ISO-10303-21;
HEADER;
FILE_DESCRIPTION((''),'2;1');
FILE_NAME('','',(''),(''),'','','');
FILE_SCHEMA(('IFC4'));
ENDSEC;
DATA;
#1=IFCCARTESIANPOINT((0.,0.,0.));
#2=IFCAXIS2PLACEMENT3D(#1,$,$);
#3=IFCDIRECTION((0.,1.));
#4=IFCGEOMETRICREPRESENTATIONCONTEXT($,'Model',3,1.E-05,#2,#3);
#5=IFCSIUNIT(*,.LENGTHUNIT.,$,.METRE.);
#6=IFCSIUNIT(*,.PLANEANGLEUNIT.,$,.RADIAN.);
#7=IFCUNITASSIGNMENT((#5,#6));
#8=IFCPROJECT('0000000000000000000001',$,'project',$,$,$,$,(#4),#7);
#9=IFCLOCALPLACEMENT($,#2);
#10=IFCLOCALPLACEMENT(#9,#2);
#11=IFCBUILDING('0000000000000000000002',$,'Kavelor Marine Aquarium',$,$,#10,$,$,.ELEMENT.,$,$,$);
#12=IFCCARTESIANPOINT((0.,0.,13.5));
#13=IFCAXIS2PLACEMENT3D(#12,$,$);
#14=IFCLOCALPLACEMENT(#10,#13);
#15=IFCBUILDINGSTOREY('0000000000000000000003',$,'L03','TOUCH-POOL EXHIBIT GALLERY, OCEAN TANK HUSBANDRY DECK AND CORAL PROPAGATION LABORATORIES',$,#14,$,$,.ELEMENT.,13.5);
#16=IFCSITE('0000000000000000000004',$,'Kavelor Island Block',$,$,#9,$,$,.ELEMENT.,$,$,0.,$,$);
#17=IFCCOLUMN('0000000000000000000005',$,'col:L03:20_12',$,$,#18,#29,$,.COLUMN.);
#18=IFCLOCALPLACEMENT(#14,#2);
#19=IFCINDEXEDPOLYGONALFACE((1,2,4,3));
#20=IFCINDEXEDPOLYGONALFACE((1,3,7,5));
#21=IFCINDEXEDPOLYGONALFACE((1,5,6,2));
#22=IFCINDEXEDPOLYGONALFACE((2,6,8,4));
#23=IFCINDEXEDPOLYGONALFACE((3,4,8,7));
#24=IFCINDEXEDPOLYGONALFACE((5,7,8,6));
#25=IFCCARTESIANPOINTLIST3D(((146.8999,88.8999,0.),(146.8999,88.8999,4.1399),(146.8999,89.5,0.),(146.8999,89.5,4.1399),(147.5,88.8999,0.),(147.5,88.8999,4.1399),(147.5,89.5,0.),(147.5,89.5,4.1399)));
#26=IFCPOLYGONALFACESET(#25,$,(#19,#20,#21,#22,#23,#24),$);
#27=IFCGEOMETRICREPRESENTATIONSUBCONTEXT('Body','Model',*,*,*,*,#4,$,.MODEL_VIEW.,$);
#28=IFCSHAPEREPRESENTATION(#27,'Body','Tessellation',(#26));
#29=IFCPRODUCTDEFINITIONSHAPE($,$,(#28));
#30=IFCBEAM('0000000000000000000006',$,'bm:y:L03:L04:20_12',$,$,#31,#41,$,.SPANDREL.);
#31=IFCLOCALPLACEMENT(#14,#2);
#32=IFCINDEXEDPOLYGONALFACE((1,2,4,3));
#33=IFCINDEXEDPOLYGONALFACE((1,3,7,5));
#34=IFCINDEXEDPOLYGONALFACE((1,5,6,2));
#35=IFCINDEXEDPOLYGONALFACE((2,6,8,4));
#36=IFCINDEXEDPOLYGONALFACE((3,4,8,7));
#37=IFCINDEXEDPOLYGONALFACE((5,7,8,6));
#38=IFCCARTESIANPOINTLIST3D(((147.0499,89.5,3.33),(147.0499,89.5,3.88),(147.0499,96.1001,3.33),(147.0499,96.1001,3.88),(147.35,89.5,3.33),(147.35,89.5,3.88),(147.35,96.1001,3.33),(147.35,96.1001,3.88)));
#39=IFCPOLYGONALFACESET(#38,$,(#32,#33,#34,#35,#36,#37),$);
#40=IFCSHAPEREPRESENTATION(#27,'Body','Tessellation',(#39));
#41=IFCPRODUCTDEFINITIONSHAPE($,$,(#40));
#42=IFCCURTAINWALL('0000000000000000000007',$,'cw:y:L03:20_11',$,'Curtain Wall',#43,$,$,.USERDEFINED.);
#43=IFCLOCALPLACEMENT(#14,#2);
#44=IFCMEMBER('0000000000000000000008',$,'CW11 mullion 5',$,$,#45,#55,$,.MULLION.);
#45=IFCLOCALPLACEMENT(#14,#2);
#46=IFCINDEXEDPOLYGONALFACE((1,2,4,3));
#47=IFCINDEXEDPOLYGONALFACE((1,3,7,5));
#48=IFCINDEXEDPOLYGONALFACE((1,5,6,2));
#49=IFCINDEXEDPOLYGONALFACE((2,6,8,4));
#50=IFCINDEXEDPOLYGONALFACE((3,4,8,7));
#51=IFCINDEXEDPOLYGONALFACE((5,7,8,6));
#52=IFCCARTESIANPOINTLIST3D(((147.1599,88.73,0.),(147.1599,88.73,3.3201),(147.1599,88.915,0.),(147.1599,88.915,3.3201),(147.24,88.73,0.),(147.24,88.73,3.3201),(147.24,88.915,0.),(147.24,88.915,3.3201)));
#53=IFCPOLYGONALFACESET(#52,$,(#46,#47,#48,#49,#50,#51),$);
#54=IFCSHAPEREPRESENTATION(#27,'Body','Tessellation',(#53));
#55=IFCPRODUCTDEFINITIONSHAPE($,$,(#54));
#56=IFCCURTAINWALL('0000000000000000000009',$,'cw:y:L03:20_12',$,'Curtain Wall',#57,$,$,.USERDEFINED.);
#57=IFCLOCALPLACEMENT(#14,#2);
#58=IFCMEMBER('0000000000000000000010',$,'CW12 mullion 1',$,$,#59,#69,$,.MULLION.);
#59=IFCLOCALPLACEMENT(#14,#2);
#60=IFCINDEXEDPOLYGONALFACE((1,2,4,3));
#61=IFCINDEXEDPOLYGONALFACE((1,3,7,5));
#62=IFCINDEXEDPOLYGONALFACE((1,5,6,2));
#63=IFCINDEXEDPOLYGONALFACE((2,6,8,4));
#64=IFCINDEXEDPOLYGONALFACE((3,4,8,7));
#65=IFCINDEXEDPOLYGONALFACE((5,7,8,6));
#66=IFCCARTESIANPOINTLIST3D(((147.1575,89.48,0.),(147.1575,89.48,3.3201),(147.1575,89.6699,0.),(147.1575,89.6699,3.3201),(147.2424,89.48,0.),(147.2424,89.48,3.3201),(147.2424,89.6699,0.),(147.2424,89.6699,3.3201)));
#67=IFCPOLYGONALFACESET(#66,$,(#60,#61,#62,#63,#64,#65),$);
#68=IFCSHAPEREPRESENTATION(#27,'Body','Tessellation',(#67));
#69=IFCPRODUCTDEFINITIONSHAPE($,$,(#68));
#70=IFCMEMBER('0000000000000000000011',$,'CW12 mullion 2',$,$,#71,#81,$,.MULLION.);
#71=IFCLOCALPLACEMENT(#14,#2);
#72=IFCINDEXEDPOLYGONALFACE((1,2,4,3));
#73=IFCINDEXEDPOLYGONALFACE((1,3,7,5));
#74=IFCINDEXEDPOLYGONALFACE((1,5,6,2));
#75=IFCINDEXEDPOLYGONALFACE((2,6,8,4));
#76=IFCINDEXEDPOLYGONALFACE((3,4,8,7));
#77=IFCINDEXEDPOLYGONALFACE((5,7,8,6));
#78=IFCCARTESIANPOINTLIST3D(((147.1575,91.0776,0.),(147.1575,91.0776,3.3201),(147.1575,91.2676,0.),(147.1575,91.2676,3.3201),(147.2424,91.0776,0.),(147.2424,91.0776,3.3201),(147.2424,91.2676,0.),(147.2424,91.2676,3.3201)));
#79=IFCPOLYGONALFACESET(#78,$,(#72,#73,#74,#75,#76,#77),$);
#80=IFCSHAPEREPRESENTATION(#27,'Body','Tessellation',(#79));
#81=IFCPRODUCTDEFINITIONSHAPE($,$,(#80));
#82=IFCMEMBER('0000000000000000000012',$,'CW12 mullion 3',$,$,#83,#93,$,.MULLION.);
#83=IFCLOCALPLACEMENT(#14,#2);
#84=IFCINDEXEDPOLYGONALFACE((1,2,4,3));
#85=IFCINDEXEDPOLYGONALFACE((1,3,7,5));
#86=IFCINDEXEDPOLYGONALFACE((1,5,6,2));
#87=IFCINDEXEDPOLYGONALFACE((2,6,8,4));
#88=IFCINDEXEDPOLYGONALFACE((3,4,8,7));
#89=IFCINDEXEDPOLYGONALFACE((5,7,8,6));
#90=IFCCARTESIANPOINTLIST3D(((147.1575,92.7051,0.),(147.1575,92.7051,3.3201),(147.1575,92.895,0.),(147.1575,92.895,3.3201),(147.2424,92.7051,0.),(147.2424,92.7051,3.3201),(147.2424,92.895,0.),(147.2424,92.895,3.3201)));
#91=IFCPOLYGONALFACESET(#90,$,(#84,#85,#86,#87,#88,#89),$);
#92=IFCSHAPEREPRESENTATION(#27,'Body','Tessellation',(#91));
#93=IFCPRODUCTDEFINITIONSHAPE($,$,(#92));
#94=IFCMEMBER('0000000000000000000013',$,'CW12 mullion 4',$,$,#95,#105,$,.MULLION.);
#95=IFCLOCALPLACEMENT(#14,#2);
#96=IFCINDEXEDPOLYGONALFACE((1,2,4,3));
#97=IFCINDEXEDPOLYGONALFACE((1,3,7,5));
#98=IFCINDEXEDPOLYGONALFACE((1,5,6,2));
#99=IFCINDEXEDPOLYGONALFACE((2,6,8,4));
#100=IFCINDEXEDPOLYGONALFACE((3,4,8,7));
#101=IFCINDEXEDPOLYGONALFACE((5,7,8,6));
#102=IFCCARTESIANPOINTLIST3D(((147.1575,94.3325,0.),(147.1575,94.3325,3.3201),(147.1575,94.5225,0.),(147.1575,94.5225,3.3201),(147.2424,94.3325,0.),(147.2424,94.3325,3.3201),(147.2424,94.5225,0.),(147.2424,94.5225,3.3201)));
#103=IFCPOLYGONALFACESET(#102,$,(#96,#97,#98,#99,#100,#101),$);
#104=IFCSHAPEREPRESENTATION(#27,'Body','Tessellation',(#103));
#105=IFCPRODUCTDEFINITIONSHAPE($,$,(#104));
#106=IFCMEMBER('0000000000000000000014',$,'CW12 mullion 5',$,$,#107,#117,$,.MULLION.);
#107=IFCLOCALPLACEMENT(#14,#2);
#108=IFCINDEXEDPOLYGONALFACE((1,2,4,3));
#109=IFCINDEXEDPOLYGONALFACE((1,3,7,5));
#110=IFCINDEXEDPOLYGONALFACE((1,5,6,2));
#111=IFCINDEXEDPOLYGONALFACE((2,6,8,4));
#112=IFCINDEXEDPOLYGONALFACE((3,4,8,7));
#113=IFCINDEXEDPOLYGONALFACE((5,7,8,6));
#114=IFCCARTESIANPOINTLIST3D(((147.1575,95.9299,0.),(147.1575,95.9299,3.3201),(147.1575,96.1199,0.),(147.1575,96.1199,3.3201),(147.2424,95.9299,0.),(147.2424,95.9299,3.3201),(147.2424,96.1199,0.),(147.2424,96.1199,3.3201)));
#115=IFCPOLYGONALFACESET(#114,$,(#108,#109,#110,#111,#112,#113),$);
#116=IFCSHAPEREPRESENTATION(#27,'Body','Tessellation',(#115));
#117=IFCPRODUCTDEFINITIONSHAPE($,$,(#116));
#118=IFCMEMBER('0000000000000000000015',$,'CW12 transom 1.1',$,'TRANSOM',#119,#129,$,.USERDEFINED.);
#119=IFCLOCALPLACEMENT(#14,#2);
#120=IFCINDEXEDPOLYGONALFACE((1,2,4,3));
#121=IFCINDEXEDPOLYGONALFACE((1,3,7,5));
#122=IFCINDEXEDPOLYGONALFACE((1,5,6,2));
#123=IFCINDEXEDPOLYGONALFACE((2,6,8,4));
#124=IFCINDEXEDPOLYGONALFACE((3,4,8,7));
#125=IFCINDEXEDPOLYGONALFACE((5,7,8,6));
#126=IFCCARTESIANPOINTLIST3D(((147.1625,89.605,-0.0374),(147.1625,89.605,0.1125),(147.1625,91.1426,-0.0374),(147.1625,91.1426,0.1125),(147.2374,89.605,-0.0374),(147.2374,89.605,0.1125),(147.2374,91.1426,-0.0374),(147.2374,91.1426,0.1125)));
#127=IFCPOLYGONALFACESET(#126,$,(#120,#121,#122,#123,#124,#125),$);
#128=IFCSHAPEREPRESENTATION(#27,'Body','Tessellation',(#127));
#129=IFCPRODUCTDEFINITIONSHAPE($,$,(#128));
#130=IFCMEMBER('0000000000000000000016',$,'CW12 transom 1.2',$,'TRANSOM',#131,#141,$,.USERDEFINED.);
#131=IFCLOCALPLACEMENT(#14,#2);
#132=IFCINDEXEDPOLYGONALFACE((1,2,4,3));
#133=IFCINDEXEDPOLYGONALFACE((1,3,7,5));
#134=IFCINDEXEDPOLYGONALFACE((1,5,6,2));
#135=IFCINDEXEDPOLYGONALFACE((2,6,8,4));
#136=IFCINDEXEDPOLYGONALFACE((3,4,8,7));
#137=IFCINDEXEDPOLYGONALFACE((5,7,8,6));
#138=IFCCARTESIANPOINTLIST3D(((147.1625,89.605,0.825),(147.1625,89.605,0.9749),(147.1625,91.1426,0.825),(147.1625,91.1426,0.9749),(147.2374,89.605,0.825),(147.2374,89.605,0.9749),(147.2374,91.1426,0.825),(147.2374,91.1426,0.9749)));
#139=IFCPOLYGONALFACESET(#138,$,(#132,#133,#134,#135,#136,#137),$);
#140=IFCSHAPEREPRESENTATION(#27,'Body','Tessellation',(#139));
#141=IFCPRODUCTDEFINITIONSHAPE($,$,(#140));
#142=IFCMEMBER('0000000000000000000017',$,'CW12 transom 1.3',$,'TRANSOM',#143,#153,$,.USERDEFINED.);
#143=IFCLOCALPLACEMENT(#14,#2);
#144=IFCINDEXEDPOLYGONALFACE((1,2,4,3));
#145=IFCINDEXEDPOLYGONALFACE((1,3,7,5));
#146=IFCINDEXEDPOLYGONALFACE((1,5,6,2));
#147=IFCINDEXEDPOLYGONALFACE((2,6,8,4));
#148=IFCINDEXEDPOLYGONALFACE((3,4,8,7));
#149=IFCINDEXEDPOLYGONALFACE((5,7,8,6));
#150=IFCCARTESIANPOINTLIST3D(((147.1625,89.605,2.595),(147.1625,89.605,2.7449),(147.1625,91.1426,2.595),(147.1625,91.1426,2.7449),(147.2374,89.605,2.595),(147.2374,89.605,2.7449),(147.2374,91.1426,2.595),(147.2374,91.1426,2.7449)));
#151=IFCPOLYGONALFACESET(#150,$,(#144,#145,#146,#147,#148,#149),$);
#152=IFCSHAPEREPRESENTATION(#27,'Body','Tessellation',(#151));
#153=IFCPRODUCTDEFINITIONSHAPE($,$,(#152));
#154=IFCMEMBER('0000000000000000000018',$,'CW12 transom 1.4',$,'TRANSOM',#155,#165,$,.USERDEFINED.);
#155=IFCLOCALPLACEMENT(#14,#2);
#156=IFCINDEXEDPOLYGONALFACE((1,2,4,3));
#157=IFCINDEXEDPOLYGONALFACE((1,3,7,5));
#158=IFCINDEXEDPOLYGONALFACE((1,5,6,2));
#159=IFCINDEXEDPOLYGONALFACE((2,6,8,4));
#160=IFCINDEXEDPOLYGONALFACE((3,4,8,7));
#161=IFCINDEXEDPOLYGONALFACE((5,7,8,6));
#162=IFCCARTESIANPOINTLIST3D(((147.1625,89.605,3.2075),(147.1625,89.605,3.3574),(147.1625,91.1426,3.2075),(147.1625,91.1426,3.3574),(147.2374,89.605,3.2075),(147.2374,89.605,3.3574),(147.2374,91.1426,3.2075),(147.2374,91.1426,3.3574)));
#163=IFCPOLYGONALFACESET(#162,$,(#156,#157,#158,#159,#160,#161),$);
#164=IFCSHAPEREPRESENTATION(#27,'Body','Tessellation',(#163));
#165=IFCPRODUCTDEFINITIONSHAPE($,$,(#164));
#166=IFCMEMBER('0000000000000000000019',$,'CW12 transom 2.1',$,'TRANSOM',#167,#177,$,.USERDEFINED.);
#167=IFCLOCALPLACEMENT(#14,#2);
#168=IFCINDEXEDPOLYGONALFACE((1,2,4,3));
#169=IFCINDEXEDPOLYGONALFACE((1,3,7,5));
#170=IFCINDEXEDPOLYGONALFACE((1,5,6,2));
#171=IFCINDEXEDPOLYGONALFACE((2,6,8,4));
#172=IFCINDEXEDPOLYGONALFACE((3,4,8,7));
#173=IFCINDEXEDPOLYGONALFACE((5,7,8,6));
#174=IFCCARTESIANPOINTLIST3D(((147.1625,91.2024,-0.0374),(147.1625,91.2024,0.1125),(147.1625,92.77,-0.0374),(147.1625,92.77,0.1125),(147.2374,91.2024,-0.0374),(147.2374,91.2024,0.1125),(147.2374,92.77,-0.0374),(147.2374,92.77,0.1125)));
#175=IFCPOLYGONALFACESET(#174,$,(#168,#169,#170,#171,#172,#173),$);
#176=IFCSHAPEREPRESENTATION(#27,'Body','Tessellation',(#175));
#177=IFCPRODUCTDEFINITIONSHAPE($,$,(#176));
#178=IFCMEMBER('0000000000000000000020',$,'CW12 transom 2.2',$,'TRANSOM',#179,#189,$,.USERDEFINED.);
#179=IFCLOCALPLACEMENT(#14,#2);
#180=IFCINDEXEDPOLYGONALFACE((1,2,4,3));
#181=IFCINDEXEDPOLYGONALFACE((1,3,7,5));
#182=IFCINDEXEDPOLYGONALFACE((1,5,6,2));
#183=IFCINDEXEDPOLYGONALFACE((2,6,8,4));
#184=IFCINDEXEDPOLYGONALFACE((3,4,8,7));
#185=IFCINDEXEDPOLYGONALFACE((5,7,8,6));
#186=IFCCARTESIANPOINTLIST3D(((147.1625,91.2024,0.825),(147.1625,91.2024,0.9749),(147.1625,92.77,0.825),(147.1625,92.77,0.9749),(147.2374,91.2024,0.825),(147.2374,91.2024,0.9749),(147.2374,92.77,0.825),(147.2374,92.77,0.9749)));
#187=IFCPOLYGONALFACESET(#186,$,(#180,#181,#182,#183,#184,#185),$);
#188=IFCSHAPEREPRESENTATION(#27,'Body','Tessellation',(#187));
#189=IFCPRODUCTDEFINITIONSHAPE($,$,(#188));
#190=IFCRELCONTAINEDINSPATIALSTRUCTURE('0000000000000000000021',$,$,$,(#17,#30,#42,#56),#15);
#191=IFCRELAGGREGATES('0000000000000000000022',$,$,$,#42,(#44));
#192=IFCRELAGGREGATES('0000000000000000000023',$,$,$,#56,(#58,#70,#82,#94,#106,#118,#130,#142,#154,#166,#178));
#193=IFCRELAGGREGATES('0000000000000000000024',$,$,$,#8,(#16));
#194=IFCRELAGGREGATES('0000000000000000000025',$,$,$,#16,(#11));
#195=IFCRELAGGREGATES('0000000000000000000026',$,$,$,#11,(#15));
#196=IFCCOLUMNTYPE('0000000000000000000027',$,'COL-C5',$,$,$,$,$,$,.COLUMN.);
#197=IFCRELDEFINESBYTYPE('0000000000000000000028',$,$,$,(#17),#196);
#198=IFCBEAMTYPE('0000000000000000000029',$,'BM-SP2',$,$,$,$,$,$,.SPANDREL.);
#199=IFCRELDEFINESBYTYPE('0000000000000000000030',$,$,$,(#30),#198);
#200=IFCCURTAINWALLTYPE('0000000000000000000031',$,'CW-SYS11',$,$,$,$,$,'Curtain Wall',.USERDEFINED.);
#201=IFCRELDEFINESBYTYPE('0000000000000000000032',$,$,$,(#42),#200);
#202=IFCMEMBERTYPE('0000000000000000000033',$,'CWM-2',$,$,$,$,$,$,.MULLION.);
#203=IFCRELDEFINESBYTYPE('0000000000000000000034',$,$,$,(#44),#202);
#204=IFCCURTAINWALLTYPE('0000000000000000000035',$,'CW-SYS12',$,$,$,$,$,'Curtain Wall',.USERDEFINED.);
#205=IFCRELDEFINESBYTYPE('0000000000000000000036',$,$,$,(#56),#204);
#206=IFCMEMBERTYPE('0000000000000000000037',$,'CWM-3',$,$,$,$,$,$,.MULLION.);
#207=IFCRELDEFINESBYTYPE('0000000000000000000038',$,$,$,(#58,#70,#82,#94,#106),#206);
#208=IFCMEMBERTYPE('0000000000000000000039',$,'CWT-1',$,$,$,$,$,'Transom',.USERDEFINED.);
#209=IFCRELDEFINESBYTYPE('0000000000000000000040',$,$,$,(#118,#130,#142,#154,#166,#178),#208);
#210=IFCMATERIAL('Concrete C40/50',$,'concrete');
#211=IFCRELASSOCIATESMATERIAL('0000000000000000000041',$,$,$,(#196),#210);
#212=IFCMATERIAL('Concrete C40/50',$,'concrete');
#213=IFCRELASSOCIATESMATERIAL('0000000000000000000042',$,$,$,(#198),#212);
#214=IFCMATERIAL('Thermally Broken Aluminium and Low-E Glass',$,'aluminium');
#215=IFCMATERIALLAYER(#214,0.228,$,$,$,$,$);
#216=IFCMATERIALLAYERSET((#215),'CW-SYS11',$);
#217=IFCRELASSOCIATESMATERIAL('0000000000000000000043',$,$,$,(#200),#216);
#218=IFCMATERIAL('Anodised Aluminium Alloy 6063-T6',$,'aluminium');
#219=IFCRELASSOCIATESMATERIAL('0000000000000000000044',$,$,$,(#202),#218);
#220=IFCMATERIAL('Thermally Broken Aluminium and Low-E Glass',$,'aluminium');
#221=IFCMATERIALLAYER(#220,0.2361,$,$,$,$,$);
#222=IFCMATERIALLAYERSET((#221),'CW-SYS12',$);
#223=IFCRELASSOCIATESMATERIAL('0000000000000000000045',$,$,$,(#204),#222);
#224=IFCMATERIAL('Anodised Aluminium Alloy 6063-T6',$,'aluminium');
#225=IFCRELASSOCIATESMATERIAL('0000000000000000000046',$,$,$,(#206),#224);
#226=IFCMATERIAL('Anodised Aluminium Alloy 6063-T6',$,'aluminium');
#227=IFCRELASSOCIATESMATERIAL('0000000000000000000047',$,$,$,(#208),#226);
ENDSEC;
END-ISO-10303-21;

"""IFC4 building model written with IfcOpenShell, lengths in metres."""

from ifc_helpers import new_model, si_unit, direction, frame, origin, origin_2d, place, context, subcontext, project, spatial, rectangle, extrude, material, layer, layer_set, material_profile, profile_set, type_object, element, aggregate, save


model = new_model("IFC4")

# Units and contexts
model_context = context("Model", 3, precision=1e-05, world=origin(), true_north=direction((0.0, 1.0)))
body_context = subcontext(model_context, "Body", "Model", "MODEL_VIEW")
ifc_project = project(units=[si_unit("LENGTHUNIT", "METRE"), si_unit("PLANEANGLEUNIT", "RADIAN")], contexts=[model_context])

# Site, building, storey
site_placement = place(None, origin())
site = spatial("IfcSite", under=ifc_project, at=site_placement, Name="Kavelor Island Block", CompositionType="ELEMENT", RefElevation=0.0)
building_placement = place(site_placement, origin())
building = spatial("IfcBuilding", under=site, at=building_placement, Name="Kavelor Marine Aquarium", CompositionType="ELEMENT")
storey_placement = place(building_placement, frame((0.0, 0.0, 13.5)))
storey = spatial("IfcBuildingStorey", under=building, at=storey_placement, Name="L03", Description="TOUCH-POOL EXHIBIT GALLERY, OCEAN TANK HUSBANDRY DECK AND CORAL PROPAGATION LABORATORIES", CompositionType="ELEMENT", Elevation=13.5)

# Column
ifc_material_1 = material(Name="Concrete C40/50", Category="concrete")
ifc_material_profile_1 = material_profile(ifc_material_1, rectangle(XDim=0.6001, YDim=0.6001, at=origin_2d()), Name="RC-COL 600x600")
ifc_profile_set_1 = profile_set([ifc_material_profile_1], Name="Concrete C40/50")
column_type = type_object("IfcColumnType", Name="COL-C5", PredefinedType="COLUMN", material=ifc_profile_set_1)
column_placement = place(storey_placement, frame((147.2, 89.2, 0.0), z_axis=(0.0, 0.0, 1.0), x_axis=(1.0, 0.0, 0.0)))
element("IfcColumn", 1, at=column_placement, inside=storey, type_object=column_type, Name="col:L03:20_12", PredefinedType="COLUMN", context=body_context, shape_type="SweptSolid", body=[
    extrude(rectangle(XDim=0.6001, YDim=0.6001, at=origin_2d()), origin(), (0.0, 0.0, 1.0), 4.1399),
])

# Beam
ifc_material_2 = material(Name="Concrete C40/50", Category="concrete")
ifc_material_profile_2 = material_profile(ifc_material_2, rectangle(XDim=0.3, YDim=0.55, at=origin_2d()), Name="RC-SP 300x550")
ifc_profile_set_2 = profile_set([ifc_material_profile_2], Name="Concrete C40/50")
beam_type = type_object("IfcBeamType", Name="BM-SP2", PredefinedType="SPANDREL", material=ifc_profile_set_2)
beam_placement = place(storey_placement, frame((147.2, 89.5, 3.605), z_axis=(0.0, 1.0, 0.0), x_axis=(-1.0, 0.0, 0.0)))
element("IfcBeam", 2, at=beam_placement, inside=storey, type_object=beam_type, Name="bm:y:L03:L04:20_12", PredefinedType="SPANDREL", context=body_context, shape_type="SweptSolid", body=[
    extrude(rectangle(XDim=0.3, YDim=0.55, at=origin_2d()), origin(), (0.0, 0.0, 1.0), 6.6001),
])

# Curtain wall, member
ifc_material_3 = material(Name="Thermally Broken Aluminium and Low-E Glass", Category="aluminium")
ifc_layer_1 = layer(ifc_material_3, 0.228)
ifc_layer_set_1 = layer_set([ifc_layer_1], Name="CW-SYS11")
curtain_wall_type_1 = type_object("IfcCurtainWallType", Name="CW-SYS11", ElementType="Curtain Wall", PredefinedType="USERDEFINED", material=ifc_layer_set_1)
curtain_wall_1_placement = place(storey_placement, origin())
curtain_wall_1 = element("IfcCurtainWall", 3, at=curtain_wall_1_placement, inside=storey, type_object=curtain_wall_type_1, Name="cw:y:L03:20_11", ObjectType="Curtain Wall", PredefinedType="USERDEFINED")
ifc_material_4 = material(Name="Anodised Aluminium Alloy 6063-T6", Category="aluminium")
ifc_material_profile_3 = material_profile(ifc_material_4, rectangle(XDim=0.0801, YDim=0.1851, at=origin_2d()), Name="CW-MUL 80x185")
ifc_profile_set_3 = profile_set([ifc_material_profile_3], Name="Anodised Aluminium Alloy 6063-T6")
member_type_1 = type_object("IfcMemberType", Name="CWM-2", PredefinedType="MULLION", material=ifc_profile_set_3)
member_1_placement = place(storey_placement, frame((147.2, 88.8225, 0.0), z_axis=(0.0, 0.0, 1.0), x_axis=(-1.0, 0.0, 0.0)))
member_1 = element("IfcMember", 4, at=member_1_placement, type_object=member_type_1, Name="CW11 mullion 5", PredefinedType="MULLION", context=body_context, shape_type="SweptSolid", body=[
    extrude(rectangle(XDim=0.0801, YDim=0.1851, at=origin_2d()), origin(), (0.0, 0.0, 1.0), 3.3201),
])
aggregate(curtain_wall_1, [member_1])

# Curtain wall, members
ifc_material_5 = material(Name="Thermally Broken Aluminium and Low-E Glass", Category="aluminium")
ifc_layer_2 = layer(ifc_material_5, 0.2361)
ifc_layer_set_2 = layer_set([ifc_layer_2], Name="CW-SYS12")
curtain_wall_type_2 = type_object("IfcCurtainWallType", Name="CW-SYS12", ElementType="Curtain Wall", PredefinedType="USERDEFINED", material=ifc_layer_set_2)
curtain_wall_2_placement = place(storey_placement, origin())
curtain_wall_2 = element("IfcCurtainWall", 5, at=curtain_wall_2_placement, inside=storey, type_object=curtain_wall_type_2, Name="cw:y:L03:20_12", ObjectType="Curtain Wall", PredefinedType="USERDEFINED")
ifc_material_6 = material(Name="Anodised Aluminium Alloy 6063-T6", Category="aluminium")
ifc_material_profile_4 = material_profile(ifc_material_6, rectangle(XDim=0.085, YDim=0.1899, at=origin_2d()), Name="CW-MUL 85x190")
ifc_profile_set_4 = profile_set([ifc_material_profile_4], Name="Anodised Aluminium Alloy 6063-T6")
member_type_2 = type_object("IfcMemberType", Name="CWM-3", PredefinedType="MULLION", material=ifc_profile_set_4)
member_2_placement = place(storey_placement, frame((147.2, 89.575, 0.0), z_axis=(0.0, 0.0, 1.0), x_axis=(-1.0, 0.0, 0.0)))
member_2 = element("IfcMember", 6, at=member_2_placement, type_object=member_type_2, Name="CW12 mullion 1", PredefinedType="MULLION", context=body_context, shape_type="SweptSolid", body=[
    extrude(rectangle(XDim=0.085, YDim=0.1899, at=origin_2d()), origin(), (0.0, 0.0, 1.0), 3.3201),
])
member_3_placement = place(storey_placement, frame((147.2, 91.1726, 0.0), z_axis=(0.0, 0.0, 1.0), x_axis=(-1.0, 0.0, 0.0)))
member_3 = element("IfcMember", 7, at=member_3_placement, type_object=member_type_2, Name="CW12 mullion 2", PredefinedType="MULLION", context=body_context, shape_type="SweptSolid", body=[
    extrude(rectangle(XDim=0.085, YDim=0.1899, at=origin_2d()), origin(), (0.0, 0.0, 1.0), 3.3201),
])
member_4_placement = place(storey_placement, frame((147.2, 92.8, 0.0), z_axis=(0.0, 0.0, 1.0), x_axis=(-1.0, 0.0, 0.0)))
member_4 = element("IfcMember", 8, at=member_4_placement, type_object=member_type_2, Name="CW12 mullion 3", PredefinedType="MULLION", context=body_context, shape_type="SweptSolid", body=[
    extrude(rectangle(XDim=0.085, YDim=0.1899, at=origin_2d()), origin(), (0.0, 0.0, 1.0), 3.3201),
])
member_5_placement = place(storey_placement, frame((147.2, 94.4275, 0.0), z_axis=(0.0, 0.0, 1.0), x_axis=(-1.0, 0.0, 0.0)))
member_5 = element("IfcMember", 9, at=member_5_placement, type_object=member_type_2, Name="CW12 mullion 4", PredefinedType="MULLION", context=body_context, shape_type="SweptSolid", body=[
    extrude(rectangle(XDim=0.085, YDim=0.1899, at=origin_2d()), origin(), (0.0, 0.0, 1.0), 3.3201),
])
member_6_placement = place(storey_placement, frame((147.2, 96.0249, 0.0), z_axis=(0.0, 0.0, 1.0), x_axis=(-1.0, 0.0, 0.0)))
member_6 = element("IfcMember", 10, at=member_6_placement, type_object=member_type_2, Name="CW12 mullion 5", PredefinedType="MULLION", context=body_context, shape_type="SweptSolid", body=[
    extrude(rectangle(XDim=0.085, YDim=0.1899, at=origin_2d()), origin(), (0.0, 0.0, 1.0), 3.3201),
])
ifc_material_7 = material(Name="Anodised Aluminium Alloy 6063-T6", Category="aluminium")
ifc_material_profile_5 = material_profile(ifc_material_7, rectangle(XDim=0.075, YDim=0.1499, at=origin_2d()), Name="CW-TRN 75x150")
ifc_profile_set_5 = profile_set([ifc_material_profile_5], Name="Anodised Aluminium Alloy 6063-T6")
member_type_3 = type_object("IfcMemberType", Name="CWT-1", ElementType="Transom", PredefinedType="USERDEFINED", material=ifc_profile_set_5)
member_7_placement = place(storey_placement, frame((147.2, 89.605, 0.0376), z_axis=(0.0, 1.0, 0.0), x_axis=(-1.0, 0.0, 0.0)))
member_7 = element("IfcMember", 11, at=member_7_placement, type_object=member_type_3, Name="CW12 transom 1.1", ObjectType="TRANSOM", PredefinedType="USERDEFINED", context=body_context, shape_type="SweptSolid", body=[
    extrude(rectangle(XDim=0.075, YDim=0.1499, at=origin_2d()), origin(), (0.0, 0.0, 1.0), 1.5376),
])
member_8_placement = place(storey_placement, frame((147.2, 89.605, 0.8999), z_axis=(0.0, 1.0, 0.0), x_axis=(-1.0, 0.0, 0.0)))
member_8 = element("IfcMember", 12, at=member_8_placement, type_object=member_type_3, Name="CW12 transom 1.2", ObjectType="TRANSOM", PredefinedType="USERDEFINED", context=body_context, shape_type="SweptSolid", body=[
    extrude(rectangle(XDim=0.075, YDim=0.1499, at=origin_2d()), origin(), (0.0, 0.0, 1.0), 1.5376),
])
member_9_placement = place(storey_placement, frame((147.2, 89.605, 2.6699), z_axis=(0.0, 1.0, 0.0), x_axis=(-1.0, 0.0, 0.0)))
member_9 = element("IfcMember", 13, at=member_9_placement, type_object=member_type_3, Name="CW12 transom 1.3", ObjectType="TRANSOM", PredefinedType="USERDEFINED", context=body_context, shape_type="SweptSolid", body=[
    extrude(rectangle(XDim=0.075, YDim=0.1499, at=origin_2d()), origin(), (0.0, 0.0, 1.0), 1.5376),
])
member_10_placement = place(storey_placement, frame((147.2, 89.605, 3.2825), z_axis=(0.0, 1.0, 0.0), x_axis=(-1.0, 0.0, 0.0)))
member_10 = element("IfcMember", 14, at=member_10_placement, type_object=member_type_3, Name="CW12 transom 1.4", ObjectType="TRANSOM", PredefinedType="USERDEFINED", context=body_context, shape_type="SweptSolid", body=[
    extrude(rectangle(XDim=0.075, YDim=0.1499, at=origin_2d()), origin(), (0.0, 0.0, 1.0), 1.5376),
])
member_11_placement = place(storey_placement, frame((147.2, 91.2024, 0.0376), z_axis=(0.0, 1.0, 0.0), x_axis=(-1.0, 0.0, 0.0)))
member_11 = element("IfcMember", 15, at=member_11_placement, type_object=member_type_3, Name="CW12 transom 2.1", ObjectType="TRANSOM", PredefinedType="USERDEFINED", context=body_context, shape_type="SweptSolid", body=[
    extrude(rectangle(XDim=0.075, YDim=0.1499, at=origin_2d()), origin(), (0.0, 0.0, 1.0), 1.5676),
])
member_12_placement = place(storey_placement, frame((147.2, 91.2024, 0.8999), z_axis=(0.0, 1.0, 0.0), x_axis=(-1.0, 0.0, 0.0)))
member_12 = element("IfcMember", 16, at=member_12_placement, type_object=member_type_3, Name="CW12 transom 2.2", ObjectType="TRANSOM", PredefinedType="USERDEFINED", context=body_context, shape_type="SweptSolid", body=[
    extrude(rectangle(XDim=0.075, YDim=0.1499, at=origin_2d()), origin(), (0.0, 0.0, 1.0), 1.5676),
])
aggregate(curtain_wall_2, [member_2, member_3, member_4, member_5, member_6, member_7, member_8, member_9, member_10, member_11, member_12])

save(model, "model.ifc")
